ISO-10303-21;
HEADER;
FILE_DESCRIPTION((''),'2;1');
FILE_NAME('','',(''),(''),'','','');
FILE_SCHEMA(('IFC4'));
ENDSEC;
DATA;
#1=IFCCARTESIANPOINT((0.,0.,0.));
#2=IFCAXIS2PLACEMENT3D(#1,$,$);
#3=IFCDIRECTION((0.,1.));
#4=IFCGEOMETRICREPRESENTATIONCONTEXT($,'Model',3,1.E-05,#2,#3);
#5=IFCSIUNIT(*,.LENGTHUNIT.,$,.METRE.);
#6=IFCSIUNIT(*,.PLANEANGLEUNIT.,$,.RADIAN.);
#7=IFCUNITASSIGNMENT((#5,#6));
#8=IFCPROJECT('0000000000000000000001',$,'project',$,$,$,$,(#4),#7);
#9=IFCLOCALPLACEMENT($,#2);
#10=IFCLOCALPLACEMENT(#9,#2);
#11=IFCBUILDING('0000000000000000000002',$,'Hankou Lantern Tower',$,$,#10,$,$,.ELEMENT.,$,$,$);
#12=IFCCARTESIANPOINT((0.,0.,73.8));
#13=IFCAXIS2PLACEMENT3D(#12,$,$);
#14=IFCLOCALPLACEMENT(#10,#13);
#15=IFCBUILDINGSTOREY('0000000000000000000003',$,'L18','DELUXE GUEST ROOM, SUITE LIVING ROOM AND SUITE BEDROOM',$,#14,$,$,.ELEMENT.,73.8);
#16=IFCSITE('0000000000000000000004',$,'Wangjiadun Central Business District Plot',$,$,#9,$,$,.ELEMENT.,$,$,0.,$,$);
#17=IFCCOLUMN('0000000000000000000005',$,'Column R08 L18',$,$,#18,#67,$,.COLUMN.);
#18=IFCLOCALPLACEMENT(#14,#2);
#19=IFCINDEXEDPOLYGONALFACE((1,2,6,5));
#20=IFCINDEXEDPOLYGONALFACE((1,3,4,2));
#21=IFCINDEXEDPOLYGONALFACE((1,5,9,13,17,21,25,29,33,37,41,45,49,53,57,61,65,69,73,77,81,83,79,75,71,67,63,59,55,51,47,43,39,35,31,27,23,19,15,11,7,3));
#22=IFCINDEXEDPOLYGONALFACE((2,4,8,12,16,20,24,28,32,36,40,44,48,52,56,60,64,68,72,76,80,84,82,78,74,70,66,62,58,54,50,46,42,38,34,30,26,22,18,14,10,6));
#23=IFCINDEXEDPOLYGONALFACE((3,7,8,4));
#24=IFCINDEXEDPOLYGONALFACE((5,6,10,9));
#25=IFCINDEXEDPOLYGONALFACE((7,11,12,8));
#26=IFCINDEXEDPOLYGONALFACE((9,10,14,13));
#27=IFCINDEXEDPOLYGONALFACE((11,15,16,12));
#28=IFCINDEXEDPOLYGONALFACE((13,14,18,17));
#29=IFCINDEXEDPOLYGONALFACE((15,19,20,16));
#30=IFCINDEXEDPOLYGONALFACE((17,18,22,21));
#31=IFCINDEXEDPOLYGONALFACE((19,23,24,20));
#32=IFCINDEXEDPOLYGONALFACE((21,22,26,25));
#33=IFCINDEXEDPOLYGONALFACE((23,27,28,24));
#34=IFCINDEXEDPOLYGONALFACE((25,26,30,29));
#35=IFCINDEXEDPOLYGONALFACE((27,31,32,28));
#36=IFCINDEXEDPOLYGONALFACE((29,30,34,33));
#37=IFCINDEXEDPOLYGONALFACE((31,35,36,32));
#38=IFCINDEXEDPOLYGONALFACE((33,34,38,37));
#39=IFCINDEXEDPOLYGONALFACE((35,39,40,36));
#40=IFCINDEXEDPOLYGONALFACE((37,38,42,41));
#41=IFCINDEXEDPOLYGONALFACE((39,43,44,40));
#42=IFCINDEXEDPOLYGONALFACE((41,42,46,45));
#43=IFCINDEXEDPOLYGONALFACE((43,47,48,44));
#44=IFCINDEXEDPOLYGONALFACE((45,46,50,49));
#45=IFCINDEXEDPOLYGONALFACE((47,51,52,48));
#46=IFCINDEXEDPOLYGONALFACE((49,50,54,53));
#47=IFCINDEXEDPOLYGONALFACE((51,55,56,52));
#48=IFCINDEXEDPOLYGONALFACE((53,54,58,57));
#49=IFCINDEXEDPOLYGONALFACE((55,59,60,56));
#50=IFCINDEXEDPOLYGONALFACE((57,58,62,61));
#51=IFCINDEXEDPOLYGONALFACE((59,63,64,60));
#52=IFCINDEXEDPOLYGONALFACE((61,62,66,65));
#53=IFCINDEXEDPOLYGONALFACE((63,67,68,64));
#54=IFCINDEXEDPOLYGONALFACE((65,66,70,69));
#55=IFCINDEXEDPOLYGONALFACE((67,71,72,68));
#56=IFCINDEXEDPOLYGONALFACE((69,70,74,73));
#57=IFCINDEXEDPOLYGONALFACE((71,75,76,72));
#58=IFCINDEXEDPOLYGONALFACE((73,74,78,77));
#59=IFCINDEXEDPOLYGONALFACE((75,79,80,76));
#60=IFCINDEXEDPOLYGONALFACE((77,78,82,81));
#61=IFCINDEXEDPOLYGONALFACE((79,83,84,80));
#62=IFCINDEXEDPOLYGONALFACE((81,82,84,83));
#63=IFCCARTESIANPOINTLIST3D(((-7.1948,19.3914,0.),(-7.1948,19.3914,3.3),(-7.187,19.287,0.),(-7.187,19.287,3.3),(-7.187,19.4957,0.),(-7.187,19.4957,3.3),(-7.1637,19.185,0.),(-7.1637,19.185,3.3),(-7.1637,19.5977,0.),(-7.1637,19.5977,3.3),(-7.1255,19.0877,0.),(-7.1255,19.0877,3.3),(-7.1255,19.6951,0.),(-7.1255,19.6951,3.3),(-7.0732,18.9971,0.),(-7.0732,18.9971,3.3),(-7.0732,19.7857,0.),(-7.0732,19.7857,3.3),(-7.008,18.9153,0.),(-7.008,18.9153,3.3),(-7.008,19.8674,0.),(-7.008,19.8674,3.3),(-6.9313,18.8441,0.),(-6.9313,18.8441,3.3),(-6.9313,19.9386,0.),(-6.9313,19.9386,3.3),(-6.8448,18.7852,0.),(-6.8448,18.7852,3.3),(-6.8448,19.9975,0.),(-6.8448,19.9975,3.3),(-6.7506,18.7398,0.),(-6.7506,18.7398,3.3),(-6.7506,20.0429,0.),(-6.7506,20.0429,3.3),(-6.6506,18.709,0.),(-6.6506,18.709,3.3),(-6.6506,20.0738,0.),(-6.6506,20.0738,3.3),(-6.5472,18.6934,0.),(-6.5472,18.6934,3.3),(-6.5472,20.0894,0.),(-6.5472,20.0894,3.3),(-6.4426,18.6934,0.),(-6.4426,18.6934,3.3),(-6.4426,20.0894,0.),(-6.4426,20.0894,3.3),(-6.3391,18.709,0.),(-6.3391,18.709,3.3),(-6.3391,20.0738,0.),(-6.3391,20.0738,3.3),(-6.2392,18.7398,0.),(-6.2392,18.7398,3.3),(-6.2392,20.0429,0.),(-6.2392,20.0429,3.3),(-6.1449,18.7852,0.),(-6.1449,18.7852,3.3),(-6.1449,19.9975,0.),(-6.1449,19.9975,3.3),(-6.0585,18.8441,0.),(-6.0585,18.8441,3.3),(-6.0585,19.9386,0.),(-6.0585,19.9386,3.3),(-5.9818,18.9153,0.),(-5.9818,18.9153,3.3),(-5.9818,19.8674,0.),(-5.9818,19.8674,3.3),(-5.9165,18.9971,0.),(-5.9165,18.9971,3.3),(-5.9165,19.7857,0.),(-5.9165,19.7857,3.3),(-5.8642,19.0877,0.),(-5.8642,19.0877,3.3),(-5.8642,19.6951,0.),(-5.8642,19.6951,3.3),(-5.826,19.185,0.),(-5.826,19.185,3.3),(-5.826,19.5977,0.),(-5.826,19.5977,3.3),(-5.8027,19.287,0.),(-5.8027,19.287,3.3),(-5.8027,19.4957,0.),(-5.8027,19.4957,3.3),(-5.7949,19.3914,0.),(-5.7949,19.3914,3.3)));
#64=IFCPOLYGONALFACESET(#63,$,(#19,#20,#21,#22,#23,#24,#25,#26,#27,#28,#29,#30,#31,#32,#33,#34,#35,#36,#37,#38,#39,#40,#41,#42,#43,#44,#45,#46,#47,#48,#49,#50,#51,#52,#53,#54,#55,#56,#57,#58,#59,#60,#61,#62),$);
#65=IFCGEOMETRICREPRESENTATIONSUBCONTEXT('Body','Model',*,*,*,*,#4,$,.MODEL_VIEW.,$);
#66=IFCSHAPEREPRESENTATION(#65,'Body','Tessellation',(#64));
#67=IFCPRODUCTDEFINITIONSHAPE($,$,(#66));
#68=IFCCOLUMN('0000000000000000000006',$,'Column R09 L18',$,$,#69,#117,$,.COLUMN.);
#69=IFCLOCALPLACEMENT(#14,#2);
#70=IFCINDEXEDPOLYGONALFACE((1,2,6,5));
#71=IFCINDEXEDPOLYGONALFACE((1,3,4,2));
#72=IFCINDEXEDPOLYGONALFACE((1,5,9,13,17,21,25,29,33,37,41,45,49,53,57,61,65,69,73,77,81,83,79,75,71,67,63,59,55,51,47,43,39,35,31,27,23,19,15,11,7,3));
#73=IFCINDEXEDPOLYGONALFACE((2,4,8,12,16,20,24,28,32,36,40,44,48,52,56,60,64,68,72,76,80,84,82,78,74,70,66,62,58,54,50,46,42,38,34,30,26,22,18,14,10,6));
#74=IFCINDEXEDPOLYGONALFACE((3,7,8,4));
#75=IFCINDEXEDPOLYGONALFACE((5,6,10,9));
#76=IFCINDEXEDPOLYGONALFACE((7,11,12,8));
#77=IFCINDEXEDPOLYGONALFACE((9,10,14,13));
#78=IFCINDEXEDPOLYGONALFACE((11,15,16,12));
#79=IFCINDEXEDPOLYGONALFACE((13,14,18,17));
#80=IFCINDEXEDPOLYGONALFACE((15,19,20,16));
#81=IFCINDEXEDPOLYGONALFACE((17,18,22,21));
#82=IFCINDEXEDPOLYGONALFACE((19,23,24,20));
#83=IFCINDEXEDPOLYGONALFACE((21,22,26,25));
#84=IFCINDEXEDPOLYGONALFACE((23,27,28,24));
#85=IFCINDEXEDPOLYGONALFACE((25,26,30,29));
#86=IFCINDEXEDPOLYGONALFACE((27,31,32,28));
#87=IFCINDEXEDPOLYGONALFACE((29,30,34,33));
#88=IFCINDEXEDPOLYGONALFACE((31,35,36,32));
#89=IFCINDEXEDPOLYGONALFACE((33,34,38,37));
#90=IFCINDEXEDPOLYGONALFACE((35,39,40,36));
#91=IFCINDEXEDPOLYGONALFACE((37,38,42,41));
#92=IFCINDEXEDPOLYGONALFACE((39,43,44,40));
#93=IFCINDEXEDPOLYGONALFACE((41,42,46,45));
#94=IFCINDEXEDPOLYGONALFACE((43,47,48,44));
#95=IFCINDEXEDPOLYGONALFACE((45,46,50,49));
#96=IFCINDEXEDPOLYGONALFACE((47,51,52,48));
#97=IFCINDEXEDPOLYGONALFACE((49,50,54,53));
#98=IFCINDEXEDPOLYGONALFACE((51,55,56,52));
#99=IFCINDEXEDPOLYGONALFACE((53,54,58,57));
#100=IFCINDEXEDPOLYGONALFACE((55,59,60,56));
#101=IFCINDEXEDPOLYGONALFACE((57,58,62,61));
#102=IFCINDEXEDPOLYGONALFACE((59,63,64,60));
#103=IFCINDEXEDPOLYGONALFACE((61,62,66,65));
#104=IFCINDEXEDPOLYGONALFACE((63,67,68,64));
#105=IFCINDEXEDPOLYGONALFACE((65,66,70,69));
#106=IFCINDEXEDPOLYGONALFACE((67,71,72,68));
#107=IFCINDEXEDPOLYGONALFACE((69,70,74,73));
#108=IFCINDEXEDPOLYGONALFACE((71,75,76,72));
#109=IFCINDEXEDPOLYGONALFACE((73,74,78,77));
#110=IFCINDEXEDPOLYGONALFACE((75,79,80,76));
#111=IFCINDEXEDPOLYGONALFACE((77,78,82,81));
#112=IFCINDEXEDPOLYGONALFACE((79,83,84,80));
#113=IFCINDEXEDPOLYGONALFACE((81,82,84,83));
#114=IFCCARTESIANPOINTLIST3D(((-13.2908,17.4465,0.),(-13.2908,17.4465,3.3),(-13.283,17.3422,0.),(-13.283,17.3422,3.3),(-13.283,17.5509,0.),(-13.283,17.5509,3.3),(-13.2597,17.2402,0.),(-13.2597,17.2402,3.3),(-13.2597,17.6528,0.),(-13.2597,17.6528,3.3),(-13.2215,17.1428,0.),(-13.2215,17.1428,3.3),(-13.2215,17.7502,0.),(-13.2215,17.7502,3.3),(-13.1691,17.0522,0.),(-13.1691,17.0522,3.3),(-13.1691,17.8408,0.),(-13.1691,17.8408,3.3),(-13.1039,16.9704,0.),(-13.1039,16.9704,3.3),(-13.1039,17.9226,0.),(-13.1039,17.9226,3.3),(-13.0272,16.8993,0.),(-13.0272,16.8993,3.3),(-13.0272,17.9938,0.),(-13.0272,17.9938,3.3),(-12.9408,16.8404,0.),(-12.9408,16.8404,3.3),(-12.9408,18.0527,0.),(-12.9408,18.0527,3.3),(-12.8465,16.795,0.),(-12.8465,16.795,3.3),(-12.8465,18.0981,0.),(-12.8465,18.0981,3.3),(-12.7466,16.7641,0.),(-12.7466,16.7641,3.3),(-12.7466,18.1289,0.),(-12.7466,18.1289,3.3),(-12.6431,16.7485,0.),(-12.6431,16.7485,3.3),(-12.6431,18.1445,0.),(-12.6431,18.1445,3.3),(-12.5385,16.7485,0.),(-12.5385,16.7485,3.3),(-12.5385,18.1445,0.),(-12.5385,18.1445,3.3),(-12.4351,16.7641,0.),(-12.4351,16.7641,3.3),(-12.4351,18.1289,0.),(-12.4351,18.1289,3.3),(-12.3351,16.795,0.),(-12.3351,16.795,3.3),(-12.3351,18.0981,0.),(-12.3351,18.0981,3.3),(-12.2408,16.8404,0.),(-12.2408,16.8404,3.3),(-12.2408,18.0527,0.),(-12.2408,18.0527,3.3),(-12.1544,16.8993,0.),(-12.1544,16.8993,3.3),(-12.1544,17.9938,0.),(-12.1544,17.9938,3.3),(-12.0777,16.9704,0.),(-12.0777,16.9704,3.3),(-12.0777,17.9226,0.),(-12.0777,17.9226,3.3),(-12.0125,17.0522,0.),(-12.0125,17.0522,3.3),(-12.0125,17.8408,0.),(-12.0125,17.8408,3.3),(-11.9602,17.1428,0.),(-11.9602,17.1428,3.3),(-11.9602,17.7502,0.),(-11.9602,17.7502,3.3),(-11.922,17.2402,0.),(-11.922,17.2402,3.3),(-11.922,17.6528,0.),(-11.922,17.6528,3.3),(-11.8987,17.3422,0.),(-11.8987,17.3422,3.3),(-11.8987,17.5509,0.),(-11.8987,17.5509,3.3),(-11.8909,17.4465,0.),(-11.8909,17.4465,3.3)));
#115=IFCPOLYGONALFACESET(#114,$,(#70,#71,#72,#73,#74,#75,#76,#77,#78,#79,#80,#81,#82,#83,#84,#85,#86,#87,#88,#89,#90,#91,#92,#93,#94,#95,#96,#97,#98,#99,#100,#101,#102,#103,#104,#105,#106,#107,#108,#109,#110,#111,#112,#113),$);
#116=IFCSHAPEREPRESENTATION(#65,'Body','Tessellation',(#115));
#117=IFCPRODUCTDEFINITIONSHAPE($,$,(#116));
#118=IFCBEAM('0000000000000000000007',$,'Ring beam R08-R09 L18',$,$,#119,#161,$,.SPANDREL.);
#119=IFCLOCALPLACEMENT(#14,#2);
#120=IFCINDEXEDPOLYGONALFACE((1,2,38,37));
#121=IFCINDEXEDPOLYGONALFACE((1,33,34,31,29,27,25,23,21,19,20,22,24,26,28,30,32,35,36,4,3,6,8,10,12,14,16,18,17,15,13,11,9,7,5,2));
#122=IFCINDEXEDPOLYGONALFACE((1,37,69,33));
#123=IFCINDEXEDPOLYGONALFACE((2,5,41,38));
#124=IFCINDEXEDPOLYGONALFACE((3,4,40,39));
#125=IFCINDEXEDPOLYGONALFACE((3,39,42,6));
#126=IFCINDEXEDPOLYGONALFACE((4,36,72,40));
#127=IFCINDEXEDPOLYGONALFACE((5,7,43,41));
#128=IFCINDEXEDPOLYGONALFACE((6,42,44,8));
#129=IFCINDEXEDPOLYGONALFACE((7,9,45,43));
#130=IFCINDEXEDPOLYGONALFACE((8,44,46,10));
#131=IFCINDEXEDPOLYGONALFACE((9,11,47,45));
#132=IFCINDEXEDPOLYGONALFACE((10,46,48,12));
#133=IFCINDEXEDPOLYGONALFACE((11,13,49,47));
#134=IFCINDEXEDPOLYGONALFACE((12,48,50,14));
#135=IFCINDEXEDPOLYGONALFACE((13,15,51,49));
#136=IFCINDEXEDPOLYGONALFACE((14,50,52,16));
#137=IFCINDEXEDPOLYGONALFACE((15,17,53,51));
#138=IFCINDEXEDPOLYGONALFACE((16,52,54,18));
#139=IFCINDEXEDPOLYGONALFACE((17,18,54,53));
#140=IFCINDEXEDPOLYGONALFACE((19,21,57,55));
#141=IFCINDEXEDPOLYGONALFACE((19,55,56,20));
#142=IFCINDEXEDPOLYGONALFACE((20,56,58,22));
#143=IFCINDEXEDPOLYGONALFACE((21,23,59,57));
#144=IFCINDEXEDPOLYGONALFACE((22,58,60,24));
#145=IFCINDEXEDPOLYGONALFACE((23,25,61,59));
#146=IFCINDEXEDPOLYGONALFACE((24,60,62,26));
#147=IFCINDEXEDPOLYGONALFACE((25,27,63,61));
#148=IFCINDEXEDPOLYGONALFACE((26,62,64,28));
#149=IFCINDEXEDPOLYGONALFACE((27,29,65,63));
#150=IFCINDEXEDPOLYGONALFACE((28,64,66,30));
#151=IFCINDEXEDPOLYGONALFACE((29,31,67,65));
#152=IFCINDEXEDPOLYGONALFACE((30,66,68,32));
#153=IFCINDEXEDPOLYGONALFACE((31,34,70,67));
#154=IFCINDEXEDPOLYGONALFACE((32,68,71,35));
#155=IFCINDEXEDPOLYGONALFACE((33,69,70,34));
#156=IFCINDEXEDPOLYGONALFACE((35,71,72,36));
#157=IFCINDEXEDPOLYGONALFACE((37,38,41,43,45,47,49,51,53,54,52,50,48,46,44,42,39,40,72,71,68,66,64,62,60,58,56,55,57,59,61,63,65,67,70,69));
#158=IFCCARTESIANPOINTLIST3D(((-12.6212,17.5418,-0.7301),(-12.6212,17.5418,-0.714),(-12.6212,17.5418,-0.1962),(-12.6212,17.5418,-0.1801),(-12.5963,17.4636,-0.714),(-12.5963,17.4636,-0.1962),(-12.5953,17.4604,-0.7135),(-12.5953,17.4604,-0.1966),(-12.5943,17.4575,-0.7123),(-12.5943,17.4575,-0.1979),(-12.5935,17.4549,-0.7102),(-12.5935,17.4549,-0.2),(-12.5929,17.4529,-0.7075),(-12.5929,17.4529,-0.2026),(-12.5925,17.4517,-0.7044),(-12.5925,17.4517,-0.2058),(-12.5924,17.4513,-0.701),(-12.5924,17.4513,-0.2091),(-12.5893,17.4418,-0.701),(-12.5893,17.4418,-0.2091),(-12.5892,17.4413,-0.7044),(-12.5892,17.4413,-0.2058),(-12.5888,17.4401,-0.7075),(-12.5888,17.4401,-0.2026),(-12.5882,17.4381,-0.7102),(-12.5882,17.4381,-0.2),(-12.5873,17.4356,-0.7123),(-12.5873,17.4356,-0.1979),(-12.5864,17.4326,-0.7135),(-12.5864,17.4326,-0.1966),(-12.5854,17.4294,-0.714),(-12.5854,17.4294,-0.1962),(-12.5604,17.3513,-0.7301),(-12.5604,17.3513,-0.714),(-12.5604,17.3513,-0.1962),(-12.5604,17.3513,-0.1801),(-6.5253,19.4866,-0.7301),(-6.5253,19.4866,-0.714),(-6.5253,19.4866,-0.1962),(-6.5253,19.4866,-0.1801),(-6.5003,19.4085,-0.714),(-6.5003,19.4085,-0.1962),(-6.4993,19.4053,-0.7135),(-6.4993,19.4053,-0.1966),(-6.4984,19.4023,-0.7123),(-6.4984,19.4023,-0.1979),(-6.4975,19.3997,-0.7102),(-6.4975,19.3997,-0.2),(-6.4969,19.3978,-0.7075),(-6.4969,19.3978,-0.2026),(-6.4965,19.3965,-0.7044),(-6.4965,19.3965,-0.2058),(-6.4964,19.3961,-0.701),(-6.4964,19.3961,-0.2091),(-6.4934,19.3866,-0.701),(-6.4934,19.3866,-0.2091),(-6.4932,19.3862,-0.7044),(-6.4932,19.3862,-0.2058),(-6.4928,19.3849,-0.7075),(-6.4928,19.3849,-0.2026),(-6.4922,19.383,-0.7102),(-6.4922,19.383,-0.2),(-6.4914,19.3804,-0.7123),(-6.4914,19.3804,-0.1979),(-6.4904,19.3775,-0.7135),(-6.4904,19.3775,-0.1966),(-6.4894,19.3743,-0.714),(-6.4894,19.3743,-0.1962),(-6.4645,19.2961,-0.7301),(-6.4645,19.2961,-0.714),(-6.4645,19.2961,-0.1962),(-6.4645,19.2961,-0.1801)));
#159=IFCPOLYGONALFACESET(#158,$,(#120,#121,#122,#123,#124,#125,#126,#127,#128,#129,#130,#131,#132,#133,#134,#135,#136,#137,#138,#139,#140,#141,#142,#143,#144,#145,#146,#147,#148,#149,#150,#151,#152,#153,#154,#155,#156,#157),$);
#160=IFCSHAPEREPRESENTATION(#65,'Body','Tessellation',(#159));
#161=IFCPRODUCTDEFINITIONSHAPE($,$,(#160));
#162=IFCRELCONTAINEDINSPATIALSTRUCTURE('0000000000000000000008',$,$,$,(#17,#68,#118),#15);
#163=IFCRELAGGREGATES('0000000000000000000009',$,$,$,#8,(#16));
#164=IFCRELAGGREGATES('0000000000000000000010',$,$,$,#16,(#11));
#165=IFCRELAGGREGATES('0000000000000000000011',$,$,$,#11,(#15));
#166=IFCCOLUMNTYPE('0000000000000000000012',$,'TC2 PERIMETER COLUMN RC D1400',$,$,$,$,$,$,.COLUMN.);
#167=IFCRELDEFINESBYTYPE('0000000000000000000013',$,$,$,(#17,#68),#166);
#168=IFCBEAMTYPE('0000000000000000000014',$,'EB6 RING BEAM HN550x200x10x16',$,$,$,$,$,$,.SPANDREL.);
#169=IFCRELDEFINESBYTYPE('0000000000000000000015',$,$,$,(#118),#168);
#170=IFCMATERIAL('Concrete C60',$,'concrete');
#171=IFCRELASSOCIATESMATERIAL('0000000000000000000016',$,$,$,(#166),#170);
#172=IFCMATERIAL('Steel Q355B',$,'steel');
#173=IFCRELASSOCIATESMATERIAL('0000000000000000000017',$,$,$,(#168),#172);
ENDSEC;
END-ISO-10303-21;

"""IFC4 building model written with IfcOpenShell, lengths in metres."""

from ifc_helpers import new_model, si_unit, direction, frame, origin, origin_2d, place, context, subcontext, project, spatial, circle, i_section, extrude, material, material_profile, profile_set, type_object, element, save


model = new_model("IFC4")

# Units and contexts
model_context = context("Model", 3, precision=1e-05, world=origin(), true_north=direction((0.0, 1.0)))
body_context = subcontext(model_context, "Body", "Model", "MODEL_VIEW")
ifc_project = project(units=[si_unit("LENGTHUNIT", "METRE"), si_unit("PLANEANGLEUNIT", "RADIAN")], contexts=[model_context])

# Site, building, storey
site_placement = place(None, origin())
site = spatial("IfcSite", under=ifc_project, at=site_placement, Name="Wangjiadun Central Business District Plot", CompositionType="ELEMENT", RefElevation=0.0)
building_placement = place(site_placement, origin())
building = spatial("IfcBuilding", under=site, at=building_placement, Name="Hankou Lantern Tower", CompositionType="ELEMENT")
storey_placement = place(building_placement, frame((0.0, 0.0, 73.8)))
storey = spatial("IfcBuildingStorey", under=building, at=storey_placement, Name="L18", Description="DELUXE GUEST ROOM, SUITE LIVING ROOM AND SUITE BEDROOM", CompositionType="ELEMENT", Elevation=73.8)

# Columns
ifc_material_1 = material(Name="Concrete C60", Category="concrete")
ifc_material_profile_1 = material_profile(ifc_material_1, circle(Radius=0.7, at=origin_2d()), Name="RC D1400")
ifc_profile_set_1 = profile_set([ifc_material_profile_1], Name="Concrete C60")
column_type = type_object("IfcColumnType", Name="TC2 PERIMETER COLUMN RC D1400", PredefinedType="COLUMN", material=ifc_profile_set_1)
for number, where, z_axis, x_axis, name in (
    (1, (-6.4949, 19.3914, 0.0), (0.0, 0.0, 1.0), (1.0, 0.0, 0.0), "Column R08 L18"),
    (2, (-12.5908, 17.4465, 0.0), (0.0, 0.0, 1.0), (1.0, 0.0, 0.0), "Column R09 L18"),
):
    element("IfcColumn", number, at=place(storey_placement, frame(where, z_axis=z_axis, x_axis=x_axis)), inside=storey, type_object=column_type, Name=name, PredefinedType="COLUMN", context=body_context, shape_type="SweptSolid", body=[
        extrude(circle(Radius=0.7, at=origin_2d()), origin(), (0.0, 0.0, 1.0), 3.3),
    ])

# Beam
ifc_material_2 = material(Name="Steel Q355B", Category="steel")
ifc_material_profile_2 = material_profile(ifc_material_2, i_section(OverallWidth=0.2, OverallDepth=0.55, WebThickness=0.01, FlangeThickness=0.0161, FilletRadius=0.0129, at=origin_2d()), Name="HN550x200x10x16")
ifc_profile_set_2 = profile_set([ifc_material_profile_2], Name="Steel Q355B")
beam_type_1 = type_object("IfcBeamType", Name="EB6 RING BEAM HN550x200x10x16", PredefinedType="SPANDREL", material=ifc_profile_set_2)
beam_1_placement = place(storey_placement, frame((-6.4949, 19.3914, -0.4551), z_axis=(-0.95269, -0.303942, 0.0), x_axis=(0.303942, -0.95269, 0.0)))
element("IfcBeam", 3, at=beam_1_placement, inside=storey, type_object=beam_type_1, Name="Ring beam R08-R09 L18", PredefinedType="SPANDREL", context=body_context, shape_type="SweptSolid", body=[
    extrude(i_section(OverallWidth=0.2, OverallDepth=0.55, WebThickness=0.01, FlangeThickness=0.0161, FilletRadius=0.0129, at=origin_2d()), origin(), (0.0, 0.0, 1.0), 6.3987),
])

save(model, "model.ifc")
